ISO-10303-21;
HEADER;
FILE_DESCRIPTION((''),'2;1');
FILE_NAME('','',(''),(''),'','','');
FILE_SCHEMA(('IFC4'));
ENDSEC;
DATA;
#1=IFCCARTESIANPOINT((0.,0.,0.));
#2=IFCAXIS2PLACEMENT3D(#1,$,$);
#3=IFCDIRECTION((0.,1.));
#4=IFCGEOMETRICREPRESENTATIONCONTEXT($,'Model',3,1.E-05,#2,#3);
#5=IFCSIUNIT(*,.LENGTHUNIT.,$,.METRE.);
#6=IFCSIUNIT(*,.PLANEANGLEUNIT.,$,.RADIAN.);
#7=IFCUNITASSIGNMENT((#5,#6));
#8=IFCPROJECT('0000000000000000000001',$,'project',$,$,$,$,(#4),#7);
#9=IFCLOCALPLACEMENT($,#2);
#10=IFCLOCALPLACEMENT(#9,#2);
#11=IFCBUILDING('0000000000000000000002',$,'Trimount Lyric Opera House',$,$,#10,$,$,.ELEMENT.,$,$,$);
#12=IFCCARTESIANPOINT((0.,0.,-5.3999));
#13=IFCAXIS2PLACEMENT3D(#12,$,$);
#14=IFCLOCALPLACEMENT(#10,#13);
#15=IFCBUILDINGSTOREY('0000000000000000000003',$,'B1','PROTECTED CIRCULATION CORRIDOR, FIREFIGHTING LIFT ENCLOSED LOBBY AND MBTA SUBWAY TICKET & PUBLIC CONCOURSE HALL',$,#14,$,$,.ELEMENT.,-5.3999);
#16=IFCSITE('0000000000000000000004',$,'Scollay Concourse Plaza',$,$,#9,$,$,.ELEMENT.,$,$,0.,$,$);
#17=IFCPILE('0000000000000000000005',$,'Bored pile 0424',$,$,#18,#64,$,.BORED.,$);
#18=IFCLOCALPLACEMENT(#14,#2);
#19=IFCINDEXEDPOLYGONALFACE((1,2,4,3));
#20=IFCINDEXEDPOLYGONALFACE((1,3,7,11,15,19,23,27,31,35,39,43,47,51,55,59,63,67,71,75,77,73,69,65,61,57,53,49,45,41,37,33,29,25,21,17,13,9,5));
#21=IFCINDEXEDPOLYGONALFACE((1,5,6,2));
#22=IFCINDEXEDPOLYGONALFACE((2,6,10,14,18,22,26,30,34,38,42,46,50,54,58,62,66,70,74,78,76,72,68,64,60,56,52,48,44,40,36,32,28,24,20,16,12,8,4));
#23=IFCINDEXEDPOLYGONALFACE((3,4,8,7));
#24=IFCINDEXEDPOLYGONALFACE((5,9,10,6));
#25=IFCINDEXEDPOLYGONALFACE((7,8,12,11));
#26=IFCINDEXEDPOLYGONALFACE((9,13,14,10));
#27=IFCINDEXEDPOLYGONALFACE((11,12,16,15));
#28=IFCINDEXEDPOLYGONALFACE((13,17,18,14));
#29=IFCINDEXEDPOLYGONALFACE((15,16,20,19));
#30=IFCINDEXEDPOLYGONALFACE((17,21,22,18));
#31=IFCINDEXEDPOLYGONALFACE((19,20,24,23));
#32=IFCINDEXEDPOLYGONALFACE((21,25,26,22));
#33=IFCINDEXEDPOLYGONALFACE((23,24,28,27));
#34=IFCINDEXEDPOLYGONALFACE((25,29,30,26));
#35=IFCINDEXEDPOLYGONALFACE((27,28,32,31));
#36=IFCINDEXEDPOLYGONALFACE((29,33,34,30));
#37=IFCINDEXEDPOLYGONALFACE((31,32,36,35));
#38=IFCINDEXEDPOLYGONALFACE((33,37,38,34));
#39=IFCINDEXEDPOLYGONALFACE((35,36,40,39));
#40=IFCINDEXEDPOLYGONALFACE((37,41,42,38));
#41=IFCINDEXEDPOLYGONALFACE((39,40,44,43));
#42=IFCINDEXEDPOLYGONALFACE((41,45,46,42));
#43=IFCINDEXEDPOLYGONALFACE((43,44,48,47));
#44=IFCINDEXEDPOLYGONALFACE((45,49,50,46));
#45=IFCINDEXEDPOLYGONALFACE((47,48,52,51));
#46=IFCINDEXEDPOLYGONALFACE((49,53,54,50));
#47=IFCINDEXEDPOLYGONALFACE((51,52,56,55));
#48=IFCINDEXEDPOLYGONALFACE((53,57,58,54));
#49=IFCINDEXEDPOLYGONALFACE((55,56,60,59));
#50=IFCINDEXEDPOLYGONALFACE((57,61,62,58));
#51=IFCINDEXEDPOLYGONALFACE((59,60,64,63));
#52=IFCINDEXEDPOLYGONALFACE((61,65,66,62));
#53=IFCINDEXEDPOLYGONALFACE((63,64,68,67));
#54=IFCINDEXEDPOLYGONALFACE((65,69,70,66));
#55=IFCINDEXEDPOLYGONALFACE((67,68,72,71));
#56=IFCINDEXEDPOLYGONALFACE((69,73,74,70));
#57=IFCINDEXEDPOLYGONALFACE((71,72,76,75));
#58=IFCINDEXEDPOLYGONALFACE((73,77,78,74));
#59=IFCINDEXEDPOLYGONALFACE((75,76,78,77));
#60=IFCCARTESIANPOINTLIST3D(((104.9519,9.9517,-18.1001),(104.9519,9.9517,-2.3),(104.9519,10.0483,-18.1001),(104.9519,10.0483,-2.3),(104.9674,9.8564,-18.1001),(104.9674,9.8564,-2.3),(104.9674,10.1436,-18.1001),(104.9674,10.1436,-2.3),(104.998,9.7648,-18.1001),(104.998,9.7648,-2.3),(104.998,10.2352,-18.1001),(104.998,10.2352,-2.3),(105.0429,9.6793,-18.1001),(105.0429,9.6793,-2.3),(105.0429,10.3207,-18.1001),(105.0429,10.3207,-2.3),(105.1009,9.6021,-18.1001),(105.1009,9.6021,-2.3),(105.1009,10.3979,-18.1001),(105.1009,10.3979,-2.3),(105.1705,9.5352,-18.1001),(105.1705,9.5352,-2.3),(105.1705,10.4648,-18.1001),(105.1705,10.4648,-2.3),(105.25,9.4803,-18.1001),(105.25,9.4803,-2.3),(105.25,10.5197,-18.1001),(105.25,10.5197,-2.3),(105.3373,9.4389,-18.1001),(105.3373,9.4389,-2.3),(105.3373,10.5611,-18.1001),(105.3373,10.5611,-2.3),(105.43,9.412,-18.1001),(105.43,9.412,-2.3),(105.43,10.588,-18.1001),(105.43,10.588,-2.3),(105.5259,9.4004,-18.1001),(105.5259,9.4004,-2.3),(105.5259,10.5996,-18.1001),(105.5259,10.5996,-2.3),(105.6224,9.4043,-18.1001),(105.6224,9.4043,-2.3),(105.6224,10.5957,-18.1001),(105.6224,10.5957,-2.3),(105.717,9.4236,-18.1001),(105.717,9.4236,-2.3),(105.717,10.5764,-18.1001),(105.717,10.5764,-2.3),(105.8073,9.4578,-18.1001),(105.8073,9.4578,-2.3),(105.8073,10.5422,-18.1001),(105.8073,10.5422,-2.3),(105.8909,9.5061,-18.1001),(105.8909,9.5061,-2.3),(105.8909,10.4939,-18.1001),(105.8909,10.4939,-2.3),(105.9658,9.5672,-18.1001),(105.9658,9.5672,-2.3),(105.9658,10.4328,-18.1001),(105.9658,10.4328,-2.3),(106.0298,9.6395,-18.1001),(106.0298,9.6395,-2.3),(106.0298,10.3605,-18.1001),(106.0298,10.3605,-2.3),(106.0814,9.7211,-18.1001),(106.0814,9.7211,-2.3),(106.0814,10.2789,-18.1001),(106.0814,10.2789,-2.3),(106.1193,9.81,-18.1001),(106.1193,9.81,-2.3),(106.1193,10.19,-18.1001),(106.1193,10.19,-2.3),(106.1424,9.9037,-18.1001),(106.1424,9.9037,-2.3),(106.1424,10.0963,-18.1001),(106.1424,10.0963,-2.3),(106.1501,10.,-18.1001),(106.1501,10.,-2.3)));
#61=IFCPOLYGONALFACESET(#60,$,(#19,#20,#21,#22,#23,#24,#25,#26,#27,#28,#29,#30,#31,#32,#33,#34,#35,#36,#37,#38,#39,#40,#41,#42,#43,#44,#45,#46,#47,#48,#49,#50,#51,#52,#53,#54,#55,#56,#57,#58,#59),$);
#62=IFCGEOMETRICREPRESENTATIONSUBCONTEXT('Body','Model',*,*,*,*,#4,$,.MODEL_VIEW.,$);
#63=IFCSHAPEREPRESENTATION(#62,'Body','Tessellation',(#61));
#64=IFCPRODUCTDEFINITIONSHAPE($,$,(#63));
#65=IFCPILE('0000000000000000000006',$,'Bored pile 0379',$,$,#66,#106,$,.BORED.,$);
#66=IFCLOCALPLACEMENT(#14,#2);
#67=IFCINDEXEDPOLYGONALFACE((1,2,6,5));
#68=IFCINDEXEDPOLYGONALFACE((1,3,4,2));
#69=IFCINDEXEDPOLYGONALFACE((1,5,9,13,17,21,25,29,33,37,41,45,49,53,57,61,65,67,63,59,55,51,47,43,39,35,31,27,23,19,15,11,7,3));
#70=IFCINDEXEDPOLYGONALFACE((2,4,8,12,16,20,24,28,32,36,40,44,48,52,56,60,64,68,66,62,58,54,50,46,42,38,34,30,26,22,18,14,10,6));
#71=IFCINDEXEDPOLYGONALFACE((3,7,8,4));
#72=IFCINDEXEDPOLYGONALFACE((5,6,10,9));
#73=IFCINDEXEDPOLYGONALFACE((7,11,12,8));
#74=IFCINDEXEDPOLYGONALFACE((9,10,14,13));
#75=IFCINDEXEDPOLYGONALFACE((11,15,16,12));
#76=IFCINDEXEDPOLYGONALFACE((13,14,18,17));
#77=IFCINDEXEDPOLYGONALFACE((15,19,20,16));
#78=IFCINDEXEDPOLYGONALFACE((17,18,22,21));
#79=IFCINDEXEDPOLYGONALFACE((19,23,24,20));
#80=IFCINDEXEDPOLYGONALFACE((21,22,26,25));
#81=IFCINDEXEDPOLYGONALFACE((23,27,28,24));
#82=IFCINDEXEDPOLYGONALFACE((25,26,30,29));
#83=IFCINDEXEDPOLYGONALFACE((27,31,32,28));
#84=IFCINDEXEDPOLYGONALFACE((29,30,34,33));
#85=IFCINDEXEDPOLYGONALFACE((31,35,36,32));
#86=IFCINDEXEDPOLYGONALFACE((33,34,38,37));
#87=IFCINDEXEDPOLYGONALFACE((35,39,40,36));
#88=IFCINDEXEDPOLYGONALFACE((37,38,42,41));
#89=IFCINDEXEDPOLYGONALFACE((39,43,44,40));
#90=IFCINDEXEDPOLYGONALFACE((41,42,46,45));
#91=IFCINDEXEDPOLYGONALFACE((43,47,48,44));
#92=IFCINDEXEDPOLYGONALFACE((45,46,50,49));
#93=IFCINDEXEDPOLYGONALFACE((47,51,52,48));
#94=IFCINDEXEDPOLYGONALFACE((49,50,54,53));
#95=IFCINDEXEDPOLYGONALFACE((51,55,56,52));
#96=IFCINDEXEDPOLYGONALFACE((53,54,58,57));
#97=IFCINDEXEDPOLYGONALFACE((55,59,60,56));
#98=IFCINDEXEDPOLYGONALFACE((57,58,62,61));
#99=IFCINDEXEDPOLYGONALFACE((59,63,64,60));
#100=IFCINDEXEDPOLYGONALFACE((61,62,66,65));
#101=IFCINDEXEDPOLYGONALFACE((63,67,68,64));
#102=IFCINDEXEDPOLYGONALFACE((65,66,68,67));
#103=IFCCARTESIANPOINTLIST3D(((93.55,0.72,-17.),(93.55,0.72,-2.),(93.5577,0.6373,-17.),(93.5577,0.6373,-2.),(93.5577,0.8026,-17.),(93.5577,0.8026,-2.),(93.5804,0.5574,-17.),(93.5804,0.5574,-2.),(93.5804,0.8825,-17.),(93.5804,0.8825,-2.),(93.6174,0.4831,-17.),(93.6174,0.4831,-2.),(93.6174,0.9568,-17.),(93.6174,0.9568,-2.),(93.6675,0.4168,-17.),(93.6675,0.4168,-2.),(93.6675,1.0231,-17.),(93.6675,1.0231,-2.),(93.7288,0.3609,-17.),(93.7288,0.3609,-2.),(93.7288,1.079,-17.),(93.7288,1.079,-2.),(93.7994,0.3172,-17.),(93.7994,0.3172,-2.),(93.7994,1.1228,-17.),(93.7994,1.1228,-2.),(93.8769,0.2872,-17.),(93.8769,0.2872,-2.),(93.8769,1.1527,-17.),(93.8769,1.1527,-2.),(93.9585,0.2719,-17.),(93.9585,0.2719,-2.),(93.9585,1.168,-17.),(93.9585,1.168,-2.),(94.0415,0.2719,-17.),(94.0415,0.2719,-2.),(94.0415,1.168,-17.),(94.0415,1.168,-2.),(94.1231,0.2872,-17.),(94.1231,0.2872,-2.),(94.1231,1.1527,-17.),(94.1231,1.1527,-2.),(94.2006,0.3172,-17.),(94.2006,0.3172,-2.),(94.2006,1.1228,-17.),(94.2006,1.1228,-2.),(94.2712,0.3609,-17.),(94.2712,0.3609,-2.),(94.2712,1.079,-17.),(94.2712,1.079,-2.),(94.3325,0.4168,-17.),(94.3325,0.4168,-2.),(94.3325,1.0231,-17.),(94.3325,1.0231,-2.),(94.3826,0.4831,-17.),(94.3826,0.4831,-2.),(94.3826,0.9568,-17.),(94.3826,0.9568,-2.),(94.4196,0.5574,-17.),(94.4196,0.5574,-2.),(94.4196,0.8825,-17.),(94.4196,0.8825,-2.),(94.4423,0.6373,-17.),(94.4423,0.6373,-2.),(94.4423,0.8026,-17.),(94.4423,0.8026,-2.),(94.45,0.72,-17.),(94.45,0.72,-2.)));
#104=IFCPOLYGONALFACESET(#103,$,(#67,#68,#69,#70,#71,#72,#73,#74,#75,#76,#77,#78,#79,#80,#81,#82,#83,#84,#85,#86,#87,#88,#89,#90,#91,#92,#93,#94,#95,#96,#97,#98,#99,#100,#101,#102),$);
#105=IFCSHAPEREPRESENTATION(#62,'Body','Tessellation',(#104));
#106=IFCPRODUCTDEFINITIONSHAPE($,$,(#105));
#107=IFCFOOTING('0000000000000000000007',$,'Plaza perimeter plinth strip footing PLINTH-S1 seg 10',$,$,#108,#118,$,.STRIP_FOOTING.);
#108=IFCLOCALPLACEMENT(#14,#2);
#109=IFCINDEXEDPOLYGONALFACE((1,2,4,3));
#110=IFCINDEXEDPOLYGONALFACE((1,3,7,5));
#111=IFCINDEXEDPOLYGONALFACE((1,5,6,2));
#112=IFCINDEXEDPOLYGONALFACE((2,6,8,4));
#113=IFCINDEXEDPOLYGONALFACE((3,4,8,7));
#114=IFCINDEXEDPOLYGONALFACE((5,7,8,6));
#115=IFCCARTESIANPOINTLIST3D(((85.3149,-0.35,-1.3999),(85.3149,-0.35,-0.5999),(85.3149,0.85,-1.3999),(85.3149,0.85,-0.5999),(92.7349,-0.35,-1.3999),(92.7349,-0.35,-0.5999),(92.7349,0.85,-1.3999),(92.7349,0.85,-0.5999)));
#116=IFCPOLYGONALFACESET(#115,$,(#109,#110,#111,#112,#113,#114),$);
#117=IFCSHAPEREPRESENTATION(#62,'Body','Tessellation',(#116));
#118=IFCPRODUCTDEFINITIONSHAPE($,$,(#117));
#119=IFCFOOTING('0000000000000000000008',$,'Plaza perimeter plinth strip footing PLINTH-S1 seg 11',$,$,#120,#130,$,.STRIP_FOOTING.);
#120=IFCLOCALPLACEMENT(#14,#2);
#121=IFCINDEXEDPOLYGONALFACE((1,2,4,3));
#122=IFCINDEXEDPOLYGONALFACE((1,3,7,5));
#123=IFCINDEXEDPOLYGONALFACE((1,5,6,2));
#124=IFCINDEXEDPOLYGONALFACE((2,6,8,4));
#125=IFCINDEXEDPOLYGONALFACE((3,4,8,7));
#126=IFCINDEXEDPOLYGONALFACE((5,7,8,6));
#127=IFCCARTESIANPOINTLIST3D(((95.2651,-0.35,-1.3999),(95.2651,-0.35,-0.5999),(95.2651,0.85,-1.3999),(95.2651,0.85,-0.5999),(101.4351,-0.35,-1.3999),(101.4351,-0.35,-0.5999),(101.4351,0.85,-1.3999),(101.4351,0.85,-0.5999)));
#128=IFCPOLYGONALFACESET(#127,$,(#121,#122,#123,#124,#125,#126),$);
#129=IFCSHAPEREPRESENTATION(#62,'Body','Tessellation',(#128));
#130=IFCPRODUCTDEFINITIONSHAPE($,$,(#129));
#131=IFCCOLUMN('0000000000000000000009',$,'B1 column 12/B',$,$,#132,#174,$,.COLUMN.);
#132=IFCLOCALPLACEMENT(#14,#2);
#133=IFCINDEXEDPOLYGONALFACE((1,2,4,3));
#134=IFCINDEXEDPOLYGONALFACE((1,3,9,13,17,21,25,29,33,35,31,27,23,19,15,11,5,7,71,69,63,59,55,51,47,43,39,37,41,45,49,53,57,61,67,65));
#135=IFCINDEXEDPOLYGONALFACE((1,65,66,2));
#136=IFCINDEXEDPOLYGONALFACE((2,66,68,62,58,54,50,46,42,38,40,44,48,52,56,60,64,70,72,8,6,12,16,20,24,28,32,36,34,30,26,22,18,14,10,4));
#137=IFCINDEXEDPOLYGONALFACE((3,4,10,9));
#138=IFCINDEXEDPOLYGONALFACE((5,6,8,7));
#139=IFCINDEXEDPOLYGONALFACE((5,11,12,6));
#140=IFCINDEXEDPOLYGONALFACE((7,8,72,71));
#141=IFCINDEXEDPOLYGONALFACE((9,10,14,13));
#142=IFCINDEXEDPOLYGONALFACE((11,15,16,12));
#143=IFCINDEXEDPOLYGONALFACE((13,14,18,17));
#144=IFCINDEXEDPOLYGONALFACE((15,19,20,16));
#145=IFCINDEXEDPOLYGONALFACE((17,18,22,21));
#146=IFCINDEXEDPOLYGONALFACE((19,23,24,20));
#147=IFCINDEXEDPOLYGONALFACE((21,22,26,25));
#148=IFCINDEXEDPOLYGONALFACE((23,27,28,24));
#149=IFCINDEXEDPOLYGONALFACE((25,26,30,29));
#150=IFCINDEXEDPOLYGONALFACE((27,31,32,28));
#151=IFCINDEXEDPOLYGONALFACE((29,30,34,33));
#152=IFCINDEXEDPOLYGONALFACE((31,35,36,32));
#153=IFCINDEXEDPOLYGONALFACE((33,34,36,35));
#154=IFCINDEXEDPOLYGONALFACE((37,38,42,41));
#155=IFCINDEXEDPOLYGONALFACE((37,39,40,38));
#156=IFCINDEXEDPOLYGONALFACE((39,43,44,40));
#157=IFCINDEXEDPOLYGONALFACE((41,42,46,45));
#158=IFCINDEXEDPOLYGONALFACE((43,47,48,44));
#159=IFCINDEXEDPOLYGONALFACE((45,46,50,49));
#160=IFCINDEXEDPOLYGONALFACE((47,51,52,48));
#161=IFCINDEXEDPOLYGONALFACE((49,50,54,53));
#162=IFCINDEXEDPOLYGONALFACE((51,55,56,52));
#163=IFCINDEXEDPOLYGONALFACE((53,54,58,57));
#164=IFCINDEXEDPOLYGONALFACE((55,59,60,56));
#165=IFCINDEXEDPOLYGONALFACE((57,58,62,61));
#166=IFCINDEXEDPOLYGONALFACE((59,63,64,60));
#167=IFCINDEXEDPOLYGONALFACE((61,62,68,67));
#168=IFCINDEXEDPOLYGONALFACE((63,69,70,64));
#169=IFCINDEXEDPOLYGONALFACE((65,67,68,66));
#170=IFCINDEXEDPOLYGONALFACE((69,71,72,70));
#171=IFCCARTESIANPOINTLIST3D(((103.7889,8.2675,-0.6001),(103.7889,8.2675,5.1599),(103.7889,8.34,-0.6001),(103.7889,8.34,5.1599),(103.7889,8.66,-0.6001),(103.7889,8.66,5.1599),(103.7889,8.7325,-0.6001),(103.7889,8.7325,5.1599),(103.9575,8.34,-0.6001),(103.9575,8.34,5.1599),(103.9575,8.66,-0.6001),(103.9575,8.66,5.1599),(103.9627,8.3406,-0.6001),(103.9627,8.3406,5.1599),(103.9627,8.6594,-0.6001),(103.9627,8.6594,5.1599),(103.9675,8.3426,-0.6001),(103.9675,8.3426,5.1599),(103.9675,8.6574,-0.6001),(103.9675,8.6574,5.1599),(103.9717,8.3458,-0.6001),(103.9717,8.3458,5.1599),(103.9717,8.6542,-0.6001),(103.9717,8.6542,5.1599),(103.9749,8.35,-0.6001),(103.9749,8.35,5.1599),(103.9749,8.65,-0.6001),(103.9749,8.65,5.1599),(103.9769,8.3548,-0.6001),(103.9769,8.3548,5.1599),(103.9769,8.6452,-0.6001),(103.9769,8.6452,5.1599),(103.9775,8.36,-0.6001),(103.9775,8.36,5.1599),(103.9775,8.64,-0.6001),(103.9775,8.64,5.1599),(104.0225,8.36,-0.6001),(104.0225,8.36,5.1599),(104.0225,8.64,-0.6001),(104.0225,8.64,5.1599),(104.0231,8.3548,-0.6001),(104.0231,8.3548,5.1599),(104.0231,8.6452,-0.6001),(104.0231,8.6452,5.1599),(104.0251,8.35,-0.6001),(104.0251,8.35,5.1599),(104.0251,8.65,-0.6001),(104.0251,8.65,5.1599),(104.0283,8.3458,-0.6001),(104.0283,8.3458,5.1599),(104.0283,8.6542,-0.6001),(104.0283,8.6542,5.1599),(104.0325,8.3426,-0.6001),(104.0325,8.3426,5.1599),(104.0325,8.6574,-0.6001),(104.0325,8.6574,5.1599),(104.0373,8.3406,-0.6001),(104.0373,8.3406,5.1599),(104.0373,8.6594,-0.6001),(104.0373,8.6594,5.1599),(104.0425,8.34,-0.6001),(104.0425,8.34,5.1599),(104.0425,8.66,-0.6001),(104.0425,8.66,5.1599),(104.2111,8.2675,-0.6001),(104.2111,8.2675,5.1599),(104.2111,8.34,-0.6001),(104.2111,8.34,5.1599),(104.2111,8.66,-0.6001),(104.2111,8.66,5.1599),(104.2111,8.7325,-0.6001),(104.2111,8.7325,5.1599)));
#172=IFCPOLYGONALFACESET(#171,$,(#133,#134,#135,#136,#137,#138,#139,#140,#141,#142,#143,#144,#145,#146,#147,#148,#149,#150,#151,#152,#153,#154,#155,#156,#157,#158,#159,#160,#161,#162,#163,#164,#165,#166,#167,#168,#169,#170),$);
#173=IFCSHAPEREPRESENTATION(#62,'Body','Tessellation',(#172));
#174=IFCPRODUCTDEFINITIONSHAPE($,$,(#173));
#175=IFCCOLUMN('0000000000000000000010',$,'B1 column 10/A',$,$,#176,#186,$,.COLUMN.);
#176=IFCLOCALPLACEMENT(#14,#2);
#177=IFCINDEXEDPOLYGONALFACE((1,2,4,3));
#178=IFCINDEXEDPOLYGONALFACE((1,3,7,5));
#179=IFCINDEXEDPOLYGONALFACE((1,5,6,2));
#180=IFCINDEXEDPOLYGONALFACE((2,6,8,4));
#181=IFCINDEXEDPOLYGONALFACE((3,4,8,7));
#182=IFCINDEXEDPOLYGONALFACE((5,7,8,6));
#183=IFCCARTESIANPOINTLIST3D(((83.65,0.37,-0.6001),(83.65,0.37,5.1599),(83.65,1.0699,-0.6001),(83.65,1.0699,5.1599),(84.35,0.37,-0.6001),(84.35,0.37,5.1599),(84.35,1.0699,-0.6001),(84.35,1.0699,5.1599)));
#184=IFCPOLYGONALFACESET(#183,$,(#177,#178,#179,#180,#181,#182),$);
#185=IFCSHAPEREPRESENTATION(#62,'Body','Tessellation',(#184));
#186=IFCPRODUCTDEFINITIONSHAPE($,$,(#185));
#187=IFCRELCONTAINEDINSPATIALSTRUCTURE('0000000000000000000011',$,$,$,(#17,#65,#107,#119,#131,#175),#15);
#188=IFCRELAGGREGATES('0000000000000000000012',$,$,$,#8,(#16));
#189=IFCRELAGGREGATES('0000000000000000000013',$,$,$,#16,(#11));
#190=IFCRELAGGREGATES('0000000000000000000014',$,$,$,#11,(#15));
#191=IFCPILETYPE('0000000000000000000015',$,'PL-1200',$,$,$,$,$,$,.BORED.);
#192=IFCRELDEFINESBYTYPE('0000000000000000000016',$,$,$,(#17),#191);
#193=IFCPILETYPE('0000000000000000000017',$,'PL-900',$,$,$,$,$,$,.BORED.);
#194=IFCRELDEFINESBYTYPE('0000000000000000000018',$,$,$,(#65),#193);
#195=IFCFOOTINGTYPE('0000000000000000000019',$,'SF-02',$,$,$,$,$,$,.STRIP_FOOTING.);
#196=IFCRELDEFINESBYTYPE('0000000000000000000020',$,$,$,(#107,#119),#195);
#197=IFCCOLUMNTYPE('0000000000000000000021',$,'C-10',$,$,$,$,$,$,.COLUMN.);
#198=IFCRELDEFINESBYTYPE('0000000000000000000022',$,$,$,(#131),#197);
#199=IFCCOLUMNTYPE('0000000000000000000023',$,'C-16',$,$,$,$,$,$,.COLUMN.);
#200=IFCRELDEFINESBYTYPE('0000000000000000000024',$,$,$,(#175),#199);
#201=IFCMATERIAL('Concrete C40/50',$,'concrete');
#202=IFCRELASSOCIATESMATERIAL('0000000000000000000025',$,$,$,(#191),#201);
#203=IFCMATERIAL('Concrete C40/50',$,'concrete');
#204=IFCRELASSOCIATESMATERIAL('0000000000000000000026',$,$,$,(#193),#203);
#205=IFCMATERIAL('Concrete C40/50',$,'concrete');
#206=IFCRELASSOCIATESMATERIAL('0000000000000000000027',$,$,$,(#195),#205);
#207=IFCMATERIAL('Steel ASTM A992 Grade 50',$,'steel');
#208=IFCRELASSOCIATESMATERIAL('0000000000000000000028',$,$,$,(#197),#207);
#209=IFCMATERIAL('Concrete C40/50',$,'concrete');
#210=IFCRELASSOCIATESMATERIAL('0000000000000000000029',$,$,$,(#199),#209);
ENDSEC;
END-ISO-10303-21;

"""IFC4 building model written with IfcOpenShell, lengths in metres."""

from ifc_helpers import new_model, si_unit, direction, frame, origin, origin_2d, place, context, subcontext, project, spatial, rectangle, circle, i_section, extrude, material, material_profile, profile_set, type_object, element, save


model = new_model("IFC4")

# Units and contexts
model_context = context("Model", 3, precision=1e-05, world=origin(), true_north=direction((0.0, 1.0)))
body_context = subcontext(model_context, "Body", "Model", "MODEL_VIEW")
ifc_project = project(units=[si_unit("LENGTHUNIT", "METRE"), si_unit("PLANEANGLEUNIT", "RADIAN")], contexts=[model_context])

# Site, building, storey
site_placement = place(None, origin())
site = spatial("IfcSite", under=ifc_project, at=site_placement, Name="Scollay Concourse Plaza", CompositionType="ELEMENT", RefElevation=0.0)
building_placement = place(site_placement, origin())
building = spatial("IfcBuilding", under=site, at=building_placement, Name="Trimount Lyric Opera House", CompositionType="ELEMENT")
storey_placement = place(building_placement, frame((0.0, 0.0, -5.3999)))
storey = spatial("IfcBuildingStorey", under=building, at=storey_placement, Name="B1", Description="PROTECTED CIRCULATION CORRIDOR, FIREFIGHTING LIFT ENCLOSED LOBBY AND MBTA SUBWAY TICKET & PUBLIC CONCOURSE HALL", CompositionType="ELEMENT", Elevation=-5.3999)

# Piles
ifc_material_1 = material(Name="Concrete C40/50", Category="concrete")
ifc_material_profile_1 = material_profile(ifc_material_1, circle(Radius=0.6001, at=origin_2d()), Name="PILE-D1200")
ifc_profile_set_1 = profile_set([ifc_material_profile_1], Name="Concrete C40/50")
pile_type_1 = type_object("IfcPileType", Name="PL-1200", PredefinedType="BORED", material=ifc_profile_set_1)
for number, where, z_axis, x_axis, name in (
    (1, (105.55, 10.0, -2.3), (0.0, 0.0, -1.0), (1.0, 0.0, 0.0), "Bored pile 0424"),
):
    element("IfcPile", number, at=place(storey_placement, frame(where, z_axis=z_axis, x_axis=x_axis)), inside=storey, type_object=pile_type_1, Name=name, PredefinedType="BORED", context=body_context, shape_type="SweptSolid", body=[
        extrude(circle(Radius=0.6001, at=origin_2d()), origin(), (0.0, 0.0, 1.0), 15.8),
    ])
ifc_material_2 = material(Name="Concrete C40/50", Category="concrete")
ifc_material_profile_2 = material_profile(ifc_material_2, circle(Radius=0.45, at=origin_2d()), Name="PILE-D900")
ifc_profile_set_2 = profile_set([ifc_material_profile_2], Name="Concrete C40/50")
pile_type_2 = type_object("IfcPileType", Name="PL-900", PredefinedType="BORED", material=ifc_profile_set_2)
pile_1_placement = place(storey_placement, frame((94.0, 0.72, -2.0), z_axis=(0.0, 0.0, -1.0), x_axis=(1.0, 0.0, 0.0)))
element("IfcPile", 2, at=pile_1_placement, inside=storey, type_object=pile_type_2, Name="Bored pile 0379", PredefinedType="BORED", context=body_context, shape_type="SweptSolid", body=[
    extrude(circle(Radius=0.45, at=origin_2d()), origin(), (0.0, 0.0, 1.0), 15.0),
])

# Footings
ifc_material_3 = material(Name="Concrete C40/50", Category="concrete")
footing_type_1 = type_object("IfcFootingType", Name="SF-02", PredefinedType="STRIP_FOOTING", material=ifc_material_3)
footing_1_placement = place(storey_placement, frame((89.0249, 0.25, -1.3999), z_axis=(0.0, 0.0, 1.0), x_axis=(1.0, 0.0, 0.0)))
element("IfcFooting", 3, at=footing_1_placement, inside=storey, type_object=footing_type_1, Name="Plaza perimeter plinth strip footing PLINTH-S1 seg 10", PredefinedType="STRIP_FOOTING", context=body_context, shape_type="SweptSolid", body=[
    extrude(rectangle(XDim=7.4199, YDim=1.2, at=origin_2d()), origin(), (0.0, 0.0, 1.0), 0.8),
])
footing_2_placement = place(storey_placement, frame((98.3501, 0.25, -1.3999), z_axis=(0.0, 0.0, 1.0), x_axis=(1.0, 0.0, 0.0)))
element("IfcFooting", 4, at=footing_2_placement, inside=storey, type_object=footing_type_1, Name="Plaza perimeter plinth strip footing PLINTH-S1 seg 11", PredefinedType="STRIP_FOOTING", context=body_context, shape_type="SweptSolid", body=[
    extrude(rectangle(XDim=6.1699, YDim=1.2, at=origin_2d()), origin(), (0.0, 0.0, 1.0), 0.8),
])

# Columns
ifc_material_4 = material(Name="Steel ASTM A992 Grade 50", Category="steel")
ifc_material_profile_3 = material_profile(ifc_material_4, i_section(OverallWidth=0.4221, OverallDepth=0.4651, WebThickness=0.0449, FlangeThickness=0.0725, FilletRadius=0.02, at=origin_2d()), Name="W14X398")
ifc_profile_set_3 = profile_set([ifc_material_profile_3], Name="Steel ASTM A992 Grade 50")
column_type_1 = type_object("IfcColumnType", Name="C-10", PredefinedType="COLUMN", material=ifc_profile_set_3)
column_1_placement = place(storey_placement, frame((104.0, 8.5, -0.6001), z_axis=(0.0, 0.0, 1.0), x_axis=(1.0, 0.0, 0.0)))
element("IfcColumn", 5, at=column_1_placement, inside=storey, type_object=column_type_1, Name="B1 column 12/B", PredefinedType="COLUMN", context=body_context, shape_type="SweptSolid", body=[
    extrude(i_section(OverallWidth=0.4221, OverallDepth=0.4651, WebThickness=0.0449, FlangeThickness=0.0725, FilletRadius=0.02, at=origin_2d()), origin(), (0.0, 0.0, 1.0), 5.76),
])
ifc_material_5 = material(Name="Concrete C40/50", Category="concrete")
ifc_material_profile_4 = material_profile(ifc_material_5, rectangle(XDim=0.7, YDim=0.7, at=origin_2d()), Name="RC700X700")
ifc_profile_set_4 = profile_set([ifc_material_profile_4], Name="Concrete C40/50")
column_type_2 = type_object("IfcColumnType", Name="C-16", PredefinedType="COLUMN", material=ifc_profile_set_4)
column_2_placement = place(storey_placement, frame((84.0, 0.72, -0.6001), z_axis=(0.0, 0.0, 1.0), x_axis=(1.0, 0.0, 0.0)))
element("IfcColumn", 6, at=column_2_placement, inside=storey, type_object=column_type_2, Name="B1 column 10/A", PredefinedType="COLUMN", context=body_context, shape_type="SweptSolid", body=[
    extrude(rectangle(XDim=0.7, YDim=0.7, at=origin_2d()), origin(), (0.0, 0.0, 1.0), 5.76),
])

save(model, "model.ifc")
